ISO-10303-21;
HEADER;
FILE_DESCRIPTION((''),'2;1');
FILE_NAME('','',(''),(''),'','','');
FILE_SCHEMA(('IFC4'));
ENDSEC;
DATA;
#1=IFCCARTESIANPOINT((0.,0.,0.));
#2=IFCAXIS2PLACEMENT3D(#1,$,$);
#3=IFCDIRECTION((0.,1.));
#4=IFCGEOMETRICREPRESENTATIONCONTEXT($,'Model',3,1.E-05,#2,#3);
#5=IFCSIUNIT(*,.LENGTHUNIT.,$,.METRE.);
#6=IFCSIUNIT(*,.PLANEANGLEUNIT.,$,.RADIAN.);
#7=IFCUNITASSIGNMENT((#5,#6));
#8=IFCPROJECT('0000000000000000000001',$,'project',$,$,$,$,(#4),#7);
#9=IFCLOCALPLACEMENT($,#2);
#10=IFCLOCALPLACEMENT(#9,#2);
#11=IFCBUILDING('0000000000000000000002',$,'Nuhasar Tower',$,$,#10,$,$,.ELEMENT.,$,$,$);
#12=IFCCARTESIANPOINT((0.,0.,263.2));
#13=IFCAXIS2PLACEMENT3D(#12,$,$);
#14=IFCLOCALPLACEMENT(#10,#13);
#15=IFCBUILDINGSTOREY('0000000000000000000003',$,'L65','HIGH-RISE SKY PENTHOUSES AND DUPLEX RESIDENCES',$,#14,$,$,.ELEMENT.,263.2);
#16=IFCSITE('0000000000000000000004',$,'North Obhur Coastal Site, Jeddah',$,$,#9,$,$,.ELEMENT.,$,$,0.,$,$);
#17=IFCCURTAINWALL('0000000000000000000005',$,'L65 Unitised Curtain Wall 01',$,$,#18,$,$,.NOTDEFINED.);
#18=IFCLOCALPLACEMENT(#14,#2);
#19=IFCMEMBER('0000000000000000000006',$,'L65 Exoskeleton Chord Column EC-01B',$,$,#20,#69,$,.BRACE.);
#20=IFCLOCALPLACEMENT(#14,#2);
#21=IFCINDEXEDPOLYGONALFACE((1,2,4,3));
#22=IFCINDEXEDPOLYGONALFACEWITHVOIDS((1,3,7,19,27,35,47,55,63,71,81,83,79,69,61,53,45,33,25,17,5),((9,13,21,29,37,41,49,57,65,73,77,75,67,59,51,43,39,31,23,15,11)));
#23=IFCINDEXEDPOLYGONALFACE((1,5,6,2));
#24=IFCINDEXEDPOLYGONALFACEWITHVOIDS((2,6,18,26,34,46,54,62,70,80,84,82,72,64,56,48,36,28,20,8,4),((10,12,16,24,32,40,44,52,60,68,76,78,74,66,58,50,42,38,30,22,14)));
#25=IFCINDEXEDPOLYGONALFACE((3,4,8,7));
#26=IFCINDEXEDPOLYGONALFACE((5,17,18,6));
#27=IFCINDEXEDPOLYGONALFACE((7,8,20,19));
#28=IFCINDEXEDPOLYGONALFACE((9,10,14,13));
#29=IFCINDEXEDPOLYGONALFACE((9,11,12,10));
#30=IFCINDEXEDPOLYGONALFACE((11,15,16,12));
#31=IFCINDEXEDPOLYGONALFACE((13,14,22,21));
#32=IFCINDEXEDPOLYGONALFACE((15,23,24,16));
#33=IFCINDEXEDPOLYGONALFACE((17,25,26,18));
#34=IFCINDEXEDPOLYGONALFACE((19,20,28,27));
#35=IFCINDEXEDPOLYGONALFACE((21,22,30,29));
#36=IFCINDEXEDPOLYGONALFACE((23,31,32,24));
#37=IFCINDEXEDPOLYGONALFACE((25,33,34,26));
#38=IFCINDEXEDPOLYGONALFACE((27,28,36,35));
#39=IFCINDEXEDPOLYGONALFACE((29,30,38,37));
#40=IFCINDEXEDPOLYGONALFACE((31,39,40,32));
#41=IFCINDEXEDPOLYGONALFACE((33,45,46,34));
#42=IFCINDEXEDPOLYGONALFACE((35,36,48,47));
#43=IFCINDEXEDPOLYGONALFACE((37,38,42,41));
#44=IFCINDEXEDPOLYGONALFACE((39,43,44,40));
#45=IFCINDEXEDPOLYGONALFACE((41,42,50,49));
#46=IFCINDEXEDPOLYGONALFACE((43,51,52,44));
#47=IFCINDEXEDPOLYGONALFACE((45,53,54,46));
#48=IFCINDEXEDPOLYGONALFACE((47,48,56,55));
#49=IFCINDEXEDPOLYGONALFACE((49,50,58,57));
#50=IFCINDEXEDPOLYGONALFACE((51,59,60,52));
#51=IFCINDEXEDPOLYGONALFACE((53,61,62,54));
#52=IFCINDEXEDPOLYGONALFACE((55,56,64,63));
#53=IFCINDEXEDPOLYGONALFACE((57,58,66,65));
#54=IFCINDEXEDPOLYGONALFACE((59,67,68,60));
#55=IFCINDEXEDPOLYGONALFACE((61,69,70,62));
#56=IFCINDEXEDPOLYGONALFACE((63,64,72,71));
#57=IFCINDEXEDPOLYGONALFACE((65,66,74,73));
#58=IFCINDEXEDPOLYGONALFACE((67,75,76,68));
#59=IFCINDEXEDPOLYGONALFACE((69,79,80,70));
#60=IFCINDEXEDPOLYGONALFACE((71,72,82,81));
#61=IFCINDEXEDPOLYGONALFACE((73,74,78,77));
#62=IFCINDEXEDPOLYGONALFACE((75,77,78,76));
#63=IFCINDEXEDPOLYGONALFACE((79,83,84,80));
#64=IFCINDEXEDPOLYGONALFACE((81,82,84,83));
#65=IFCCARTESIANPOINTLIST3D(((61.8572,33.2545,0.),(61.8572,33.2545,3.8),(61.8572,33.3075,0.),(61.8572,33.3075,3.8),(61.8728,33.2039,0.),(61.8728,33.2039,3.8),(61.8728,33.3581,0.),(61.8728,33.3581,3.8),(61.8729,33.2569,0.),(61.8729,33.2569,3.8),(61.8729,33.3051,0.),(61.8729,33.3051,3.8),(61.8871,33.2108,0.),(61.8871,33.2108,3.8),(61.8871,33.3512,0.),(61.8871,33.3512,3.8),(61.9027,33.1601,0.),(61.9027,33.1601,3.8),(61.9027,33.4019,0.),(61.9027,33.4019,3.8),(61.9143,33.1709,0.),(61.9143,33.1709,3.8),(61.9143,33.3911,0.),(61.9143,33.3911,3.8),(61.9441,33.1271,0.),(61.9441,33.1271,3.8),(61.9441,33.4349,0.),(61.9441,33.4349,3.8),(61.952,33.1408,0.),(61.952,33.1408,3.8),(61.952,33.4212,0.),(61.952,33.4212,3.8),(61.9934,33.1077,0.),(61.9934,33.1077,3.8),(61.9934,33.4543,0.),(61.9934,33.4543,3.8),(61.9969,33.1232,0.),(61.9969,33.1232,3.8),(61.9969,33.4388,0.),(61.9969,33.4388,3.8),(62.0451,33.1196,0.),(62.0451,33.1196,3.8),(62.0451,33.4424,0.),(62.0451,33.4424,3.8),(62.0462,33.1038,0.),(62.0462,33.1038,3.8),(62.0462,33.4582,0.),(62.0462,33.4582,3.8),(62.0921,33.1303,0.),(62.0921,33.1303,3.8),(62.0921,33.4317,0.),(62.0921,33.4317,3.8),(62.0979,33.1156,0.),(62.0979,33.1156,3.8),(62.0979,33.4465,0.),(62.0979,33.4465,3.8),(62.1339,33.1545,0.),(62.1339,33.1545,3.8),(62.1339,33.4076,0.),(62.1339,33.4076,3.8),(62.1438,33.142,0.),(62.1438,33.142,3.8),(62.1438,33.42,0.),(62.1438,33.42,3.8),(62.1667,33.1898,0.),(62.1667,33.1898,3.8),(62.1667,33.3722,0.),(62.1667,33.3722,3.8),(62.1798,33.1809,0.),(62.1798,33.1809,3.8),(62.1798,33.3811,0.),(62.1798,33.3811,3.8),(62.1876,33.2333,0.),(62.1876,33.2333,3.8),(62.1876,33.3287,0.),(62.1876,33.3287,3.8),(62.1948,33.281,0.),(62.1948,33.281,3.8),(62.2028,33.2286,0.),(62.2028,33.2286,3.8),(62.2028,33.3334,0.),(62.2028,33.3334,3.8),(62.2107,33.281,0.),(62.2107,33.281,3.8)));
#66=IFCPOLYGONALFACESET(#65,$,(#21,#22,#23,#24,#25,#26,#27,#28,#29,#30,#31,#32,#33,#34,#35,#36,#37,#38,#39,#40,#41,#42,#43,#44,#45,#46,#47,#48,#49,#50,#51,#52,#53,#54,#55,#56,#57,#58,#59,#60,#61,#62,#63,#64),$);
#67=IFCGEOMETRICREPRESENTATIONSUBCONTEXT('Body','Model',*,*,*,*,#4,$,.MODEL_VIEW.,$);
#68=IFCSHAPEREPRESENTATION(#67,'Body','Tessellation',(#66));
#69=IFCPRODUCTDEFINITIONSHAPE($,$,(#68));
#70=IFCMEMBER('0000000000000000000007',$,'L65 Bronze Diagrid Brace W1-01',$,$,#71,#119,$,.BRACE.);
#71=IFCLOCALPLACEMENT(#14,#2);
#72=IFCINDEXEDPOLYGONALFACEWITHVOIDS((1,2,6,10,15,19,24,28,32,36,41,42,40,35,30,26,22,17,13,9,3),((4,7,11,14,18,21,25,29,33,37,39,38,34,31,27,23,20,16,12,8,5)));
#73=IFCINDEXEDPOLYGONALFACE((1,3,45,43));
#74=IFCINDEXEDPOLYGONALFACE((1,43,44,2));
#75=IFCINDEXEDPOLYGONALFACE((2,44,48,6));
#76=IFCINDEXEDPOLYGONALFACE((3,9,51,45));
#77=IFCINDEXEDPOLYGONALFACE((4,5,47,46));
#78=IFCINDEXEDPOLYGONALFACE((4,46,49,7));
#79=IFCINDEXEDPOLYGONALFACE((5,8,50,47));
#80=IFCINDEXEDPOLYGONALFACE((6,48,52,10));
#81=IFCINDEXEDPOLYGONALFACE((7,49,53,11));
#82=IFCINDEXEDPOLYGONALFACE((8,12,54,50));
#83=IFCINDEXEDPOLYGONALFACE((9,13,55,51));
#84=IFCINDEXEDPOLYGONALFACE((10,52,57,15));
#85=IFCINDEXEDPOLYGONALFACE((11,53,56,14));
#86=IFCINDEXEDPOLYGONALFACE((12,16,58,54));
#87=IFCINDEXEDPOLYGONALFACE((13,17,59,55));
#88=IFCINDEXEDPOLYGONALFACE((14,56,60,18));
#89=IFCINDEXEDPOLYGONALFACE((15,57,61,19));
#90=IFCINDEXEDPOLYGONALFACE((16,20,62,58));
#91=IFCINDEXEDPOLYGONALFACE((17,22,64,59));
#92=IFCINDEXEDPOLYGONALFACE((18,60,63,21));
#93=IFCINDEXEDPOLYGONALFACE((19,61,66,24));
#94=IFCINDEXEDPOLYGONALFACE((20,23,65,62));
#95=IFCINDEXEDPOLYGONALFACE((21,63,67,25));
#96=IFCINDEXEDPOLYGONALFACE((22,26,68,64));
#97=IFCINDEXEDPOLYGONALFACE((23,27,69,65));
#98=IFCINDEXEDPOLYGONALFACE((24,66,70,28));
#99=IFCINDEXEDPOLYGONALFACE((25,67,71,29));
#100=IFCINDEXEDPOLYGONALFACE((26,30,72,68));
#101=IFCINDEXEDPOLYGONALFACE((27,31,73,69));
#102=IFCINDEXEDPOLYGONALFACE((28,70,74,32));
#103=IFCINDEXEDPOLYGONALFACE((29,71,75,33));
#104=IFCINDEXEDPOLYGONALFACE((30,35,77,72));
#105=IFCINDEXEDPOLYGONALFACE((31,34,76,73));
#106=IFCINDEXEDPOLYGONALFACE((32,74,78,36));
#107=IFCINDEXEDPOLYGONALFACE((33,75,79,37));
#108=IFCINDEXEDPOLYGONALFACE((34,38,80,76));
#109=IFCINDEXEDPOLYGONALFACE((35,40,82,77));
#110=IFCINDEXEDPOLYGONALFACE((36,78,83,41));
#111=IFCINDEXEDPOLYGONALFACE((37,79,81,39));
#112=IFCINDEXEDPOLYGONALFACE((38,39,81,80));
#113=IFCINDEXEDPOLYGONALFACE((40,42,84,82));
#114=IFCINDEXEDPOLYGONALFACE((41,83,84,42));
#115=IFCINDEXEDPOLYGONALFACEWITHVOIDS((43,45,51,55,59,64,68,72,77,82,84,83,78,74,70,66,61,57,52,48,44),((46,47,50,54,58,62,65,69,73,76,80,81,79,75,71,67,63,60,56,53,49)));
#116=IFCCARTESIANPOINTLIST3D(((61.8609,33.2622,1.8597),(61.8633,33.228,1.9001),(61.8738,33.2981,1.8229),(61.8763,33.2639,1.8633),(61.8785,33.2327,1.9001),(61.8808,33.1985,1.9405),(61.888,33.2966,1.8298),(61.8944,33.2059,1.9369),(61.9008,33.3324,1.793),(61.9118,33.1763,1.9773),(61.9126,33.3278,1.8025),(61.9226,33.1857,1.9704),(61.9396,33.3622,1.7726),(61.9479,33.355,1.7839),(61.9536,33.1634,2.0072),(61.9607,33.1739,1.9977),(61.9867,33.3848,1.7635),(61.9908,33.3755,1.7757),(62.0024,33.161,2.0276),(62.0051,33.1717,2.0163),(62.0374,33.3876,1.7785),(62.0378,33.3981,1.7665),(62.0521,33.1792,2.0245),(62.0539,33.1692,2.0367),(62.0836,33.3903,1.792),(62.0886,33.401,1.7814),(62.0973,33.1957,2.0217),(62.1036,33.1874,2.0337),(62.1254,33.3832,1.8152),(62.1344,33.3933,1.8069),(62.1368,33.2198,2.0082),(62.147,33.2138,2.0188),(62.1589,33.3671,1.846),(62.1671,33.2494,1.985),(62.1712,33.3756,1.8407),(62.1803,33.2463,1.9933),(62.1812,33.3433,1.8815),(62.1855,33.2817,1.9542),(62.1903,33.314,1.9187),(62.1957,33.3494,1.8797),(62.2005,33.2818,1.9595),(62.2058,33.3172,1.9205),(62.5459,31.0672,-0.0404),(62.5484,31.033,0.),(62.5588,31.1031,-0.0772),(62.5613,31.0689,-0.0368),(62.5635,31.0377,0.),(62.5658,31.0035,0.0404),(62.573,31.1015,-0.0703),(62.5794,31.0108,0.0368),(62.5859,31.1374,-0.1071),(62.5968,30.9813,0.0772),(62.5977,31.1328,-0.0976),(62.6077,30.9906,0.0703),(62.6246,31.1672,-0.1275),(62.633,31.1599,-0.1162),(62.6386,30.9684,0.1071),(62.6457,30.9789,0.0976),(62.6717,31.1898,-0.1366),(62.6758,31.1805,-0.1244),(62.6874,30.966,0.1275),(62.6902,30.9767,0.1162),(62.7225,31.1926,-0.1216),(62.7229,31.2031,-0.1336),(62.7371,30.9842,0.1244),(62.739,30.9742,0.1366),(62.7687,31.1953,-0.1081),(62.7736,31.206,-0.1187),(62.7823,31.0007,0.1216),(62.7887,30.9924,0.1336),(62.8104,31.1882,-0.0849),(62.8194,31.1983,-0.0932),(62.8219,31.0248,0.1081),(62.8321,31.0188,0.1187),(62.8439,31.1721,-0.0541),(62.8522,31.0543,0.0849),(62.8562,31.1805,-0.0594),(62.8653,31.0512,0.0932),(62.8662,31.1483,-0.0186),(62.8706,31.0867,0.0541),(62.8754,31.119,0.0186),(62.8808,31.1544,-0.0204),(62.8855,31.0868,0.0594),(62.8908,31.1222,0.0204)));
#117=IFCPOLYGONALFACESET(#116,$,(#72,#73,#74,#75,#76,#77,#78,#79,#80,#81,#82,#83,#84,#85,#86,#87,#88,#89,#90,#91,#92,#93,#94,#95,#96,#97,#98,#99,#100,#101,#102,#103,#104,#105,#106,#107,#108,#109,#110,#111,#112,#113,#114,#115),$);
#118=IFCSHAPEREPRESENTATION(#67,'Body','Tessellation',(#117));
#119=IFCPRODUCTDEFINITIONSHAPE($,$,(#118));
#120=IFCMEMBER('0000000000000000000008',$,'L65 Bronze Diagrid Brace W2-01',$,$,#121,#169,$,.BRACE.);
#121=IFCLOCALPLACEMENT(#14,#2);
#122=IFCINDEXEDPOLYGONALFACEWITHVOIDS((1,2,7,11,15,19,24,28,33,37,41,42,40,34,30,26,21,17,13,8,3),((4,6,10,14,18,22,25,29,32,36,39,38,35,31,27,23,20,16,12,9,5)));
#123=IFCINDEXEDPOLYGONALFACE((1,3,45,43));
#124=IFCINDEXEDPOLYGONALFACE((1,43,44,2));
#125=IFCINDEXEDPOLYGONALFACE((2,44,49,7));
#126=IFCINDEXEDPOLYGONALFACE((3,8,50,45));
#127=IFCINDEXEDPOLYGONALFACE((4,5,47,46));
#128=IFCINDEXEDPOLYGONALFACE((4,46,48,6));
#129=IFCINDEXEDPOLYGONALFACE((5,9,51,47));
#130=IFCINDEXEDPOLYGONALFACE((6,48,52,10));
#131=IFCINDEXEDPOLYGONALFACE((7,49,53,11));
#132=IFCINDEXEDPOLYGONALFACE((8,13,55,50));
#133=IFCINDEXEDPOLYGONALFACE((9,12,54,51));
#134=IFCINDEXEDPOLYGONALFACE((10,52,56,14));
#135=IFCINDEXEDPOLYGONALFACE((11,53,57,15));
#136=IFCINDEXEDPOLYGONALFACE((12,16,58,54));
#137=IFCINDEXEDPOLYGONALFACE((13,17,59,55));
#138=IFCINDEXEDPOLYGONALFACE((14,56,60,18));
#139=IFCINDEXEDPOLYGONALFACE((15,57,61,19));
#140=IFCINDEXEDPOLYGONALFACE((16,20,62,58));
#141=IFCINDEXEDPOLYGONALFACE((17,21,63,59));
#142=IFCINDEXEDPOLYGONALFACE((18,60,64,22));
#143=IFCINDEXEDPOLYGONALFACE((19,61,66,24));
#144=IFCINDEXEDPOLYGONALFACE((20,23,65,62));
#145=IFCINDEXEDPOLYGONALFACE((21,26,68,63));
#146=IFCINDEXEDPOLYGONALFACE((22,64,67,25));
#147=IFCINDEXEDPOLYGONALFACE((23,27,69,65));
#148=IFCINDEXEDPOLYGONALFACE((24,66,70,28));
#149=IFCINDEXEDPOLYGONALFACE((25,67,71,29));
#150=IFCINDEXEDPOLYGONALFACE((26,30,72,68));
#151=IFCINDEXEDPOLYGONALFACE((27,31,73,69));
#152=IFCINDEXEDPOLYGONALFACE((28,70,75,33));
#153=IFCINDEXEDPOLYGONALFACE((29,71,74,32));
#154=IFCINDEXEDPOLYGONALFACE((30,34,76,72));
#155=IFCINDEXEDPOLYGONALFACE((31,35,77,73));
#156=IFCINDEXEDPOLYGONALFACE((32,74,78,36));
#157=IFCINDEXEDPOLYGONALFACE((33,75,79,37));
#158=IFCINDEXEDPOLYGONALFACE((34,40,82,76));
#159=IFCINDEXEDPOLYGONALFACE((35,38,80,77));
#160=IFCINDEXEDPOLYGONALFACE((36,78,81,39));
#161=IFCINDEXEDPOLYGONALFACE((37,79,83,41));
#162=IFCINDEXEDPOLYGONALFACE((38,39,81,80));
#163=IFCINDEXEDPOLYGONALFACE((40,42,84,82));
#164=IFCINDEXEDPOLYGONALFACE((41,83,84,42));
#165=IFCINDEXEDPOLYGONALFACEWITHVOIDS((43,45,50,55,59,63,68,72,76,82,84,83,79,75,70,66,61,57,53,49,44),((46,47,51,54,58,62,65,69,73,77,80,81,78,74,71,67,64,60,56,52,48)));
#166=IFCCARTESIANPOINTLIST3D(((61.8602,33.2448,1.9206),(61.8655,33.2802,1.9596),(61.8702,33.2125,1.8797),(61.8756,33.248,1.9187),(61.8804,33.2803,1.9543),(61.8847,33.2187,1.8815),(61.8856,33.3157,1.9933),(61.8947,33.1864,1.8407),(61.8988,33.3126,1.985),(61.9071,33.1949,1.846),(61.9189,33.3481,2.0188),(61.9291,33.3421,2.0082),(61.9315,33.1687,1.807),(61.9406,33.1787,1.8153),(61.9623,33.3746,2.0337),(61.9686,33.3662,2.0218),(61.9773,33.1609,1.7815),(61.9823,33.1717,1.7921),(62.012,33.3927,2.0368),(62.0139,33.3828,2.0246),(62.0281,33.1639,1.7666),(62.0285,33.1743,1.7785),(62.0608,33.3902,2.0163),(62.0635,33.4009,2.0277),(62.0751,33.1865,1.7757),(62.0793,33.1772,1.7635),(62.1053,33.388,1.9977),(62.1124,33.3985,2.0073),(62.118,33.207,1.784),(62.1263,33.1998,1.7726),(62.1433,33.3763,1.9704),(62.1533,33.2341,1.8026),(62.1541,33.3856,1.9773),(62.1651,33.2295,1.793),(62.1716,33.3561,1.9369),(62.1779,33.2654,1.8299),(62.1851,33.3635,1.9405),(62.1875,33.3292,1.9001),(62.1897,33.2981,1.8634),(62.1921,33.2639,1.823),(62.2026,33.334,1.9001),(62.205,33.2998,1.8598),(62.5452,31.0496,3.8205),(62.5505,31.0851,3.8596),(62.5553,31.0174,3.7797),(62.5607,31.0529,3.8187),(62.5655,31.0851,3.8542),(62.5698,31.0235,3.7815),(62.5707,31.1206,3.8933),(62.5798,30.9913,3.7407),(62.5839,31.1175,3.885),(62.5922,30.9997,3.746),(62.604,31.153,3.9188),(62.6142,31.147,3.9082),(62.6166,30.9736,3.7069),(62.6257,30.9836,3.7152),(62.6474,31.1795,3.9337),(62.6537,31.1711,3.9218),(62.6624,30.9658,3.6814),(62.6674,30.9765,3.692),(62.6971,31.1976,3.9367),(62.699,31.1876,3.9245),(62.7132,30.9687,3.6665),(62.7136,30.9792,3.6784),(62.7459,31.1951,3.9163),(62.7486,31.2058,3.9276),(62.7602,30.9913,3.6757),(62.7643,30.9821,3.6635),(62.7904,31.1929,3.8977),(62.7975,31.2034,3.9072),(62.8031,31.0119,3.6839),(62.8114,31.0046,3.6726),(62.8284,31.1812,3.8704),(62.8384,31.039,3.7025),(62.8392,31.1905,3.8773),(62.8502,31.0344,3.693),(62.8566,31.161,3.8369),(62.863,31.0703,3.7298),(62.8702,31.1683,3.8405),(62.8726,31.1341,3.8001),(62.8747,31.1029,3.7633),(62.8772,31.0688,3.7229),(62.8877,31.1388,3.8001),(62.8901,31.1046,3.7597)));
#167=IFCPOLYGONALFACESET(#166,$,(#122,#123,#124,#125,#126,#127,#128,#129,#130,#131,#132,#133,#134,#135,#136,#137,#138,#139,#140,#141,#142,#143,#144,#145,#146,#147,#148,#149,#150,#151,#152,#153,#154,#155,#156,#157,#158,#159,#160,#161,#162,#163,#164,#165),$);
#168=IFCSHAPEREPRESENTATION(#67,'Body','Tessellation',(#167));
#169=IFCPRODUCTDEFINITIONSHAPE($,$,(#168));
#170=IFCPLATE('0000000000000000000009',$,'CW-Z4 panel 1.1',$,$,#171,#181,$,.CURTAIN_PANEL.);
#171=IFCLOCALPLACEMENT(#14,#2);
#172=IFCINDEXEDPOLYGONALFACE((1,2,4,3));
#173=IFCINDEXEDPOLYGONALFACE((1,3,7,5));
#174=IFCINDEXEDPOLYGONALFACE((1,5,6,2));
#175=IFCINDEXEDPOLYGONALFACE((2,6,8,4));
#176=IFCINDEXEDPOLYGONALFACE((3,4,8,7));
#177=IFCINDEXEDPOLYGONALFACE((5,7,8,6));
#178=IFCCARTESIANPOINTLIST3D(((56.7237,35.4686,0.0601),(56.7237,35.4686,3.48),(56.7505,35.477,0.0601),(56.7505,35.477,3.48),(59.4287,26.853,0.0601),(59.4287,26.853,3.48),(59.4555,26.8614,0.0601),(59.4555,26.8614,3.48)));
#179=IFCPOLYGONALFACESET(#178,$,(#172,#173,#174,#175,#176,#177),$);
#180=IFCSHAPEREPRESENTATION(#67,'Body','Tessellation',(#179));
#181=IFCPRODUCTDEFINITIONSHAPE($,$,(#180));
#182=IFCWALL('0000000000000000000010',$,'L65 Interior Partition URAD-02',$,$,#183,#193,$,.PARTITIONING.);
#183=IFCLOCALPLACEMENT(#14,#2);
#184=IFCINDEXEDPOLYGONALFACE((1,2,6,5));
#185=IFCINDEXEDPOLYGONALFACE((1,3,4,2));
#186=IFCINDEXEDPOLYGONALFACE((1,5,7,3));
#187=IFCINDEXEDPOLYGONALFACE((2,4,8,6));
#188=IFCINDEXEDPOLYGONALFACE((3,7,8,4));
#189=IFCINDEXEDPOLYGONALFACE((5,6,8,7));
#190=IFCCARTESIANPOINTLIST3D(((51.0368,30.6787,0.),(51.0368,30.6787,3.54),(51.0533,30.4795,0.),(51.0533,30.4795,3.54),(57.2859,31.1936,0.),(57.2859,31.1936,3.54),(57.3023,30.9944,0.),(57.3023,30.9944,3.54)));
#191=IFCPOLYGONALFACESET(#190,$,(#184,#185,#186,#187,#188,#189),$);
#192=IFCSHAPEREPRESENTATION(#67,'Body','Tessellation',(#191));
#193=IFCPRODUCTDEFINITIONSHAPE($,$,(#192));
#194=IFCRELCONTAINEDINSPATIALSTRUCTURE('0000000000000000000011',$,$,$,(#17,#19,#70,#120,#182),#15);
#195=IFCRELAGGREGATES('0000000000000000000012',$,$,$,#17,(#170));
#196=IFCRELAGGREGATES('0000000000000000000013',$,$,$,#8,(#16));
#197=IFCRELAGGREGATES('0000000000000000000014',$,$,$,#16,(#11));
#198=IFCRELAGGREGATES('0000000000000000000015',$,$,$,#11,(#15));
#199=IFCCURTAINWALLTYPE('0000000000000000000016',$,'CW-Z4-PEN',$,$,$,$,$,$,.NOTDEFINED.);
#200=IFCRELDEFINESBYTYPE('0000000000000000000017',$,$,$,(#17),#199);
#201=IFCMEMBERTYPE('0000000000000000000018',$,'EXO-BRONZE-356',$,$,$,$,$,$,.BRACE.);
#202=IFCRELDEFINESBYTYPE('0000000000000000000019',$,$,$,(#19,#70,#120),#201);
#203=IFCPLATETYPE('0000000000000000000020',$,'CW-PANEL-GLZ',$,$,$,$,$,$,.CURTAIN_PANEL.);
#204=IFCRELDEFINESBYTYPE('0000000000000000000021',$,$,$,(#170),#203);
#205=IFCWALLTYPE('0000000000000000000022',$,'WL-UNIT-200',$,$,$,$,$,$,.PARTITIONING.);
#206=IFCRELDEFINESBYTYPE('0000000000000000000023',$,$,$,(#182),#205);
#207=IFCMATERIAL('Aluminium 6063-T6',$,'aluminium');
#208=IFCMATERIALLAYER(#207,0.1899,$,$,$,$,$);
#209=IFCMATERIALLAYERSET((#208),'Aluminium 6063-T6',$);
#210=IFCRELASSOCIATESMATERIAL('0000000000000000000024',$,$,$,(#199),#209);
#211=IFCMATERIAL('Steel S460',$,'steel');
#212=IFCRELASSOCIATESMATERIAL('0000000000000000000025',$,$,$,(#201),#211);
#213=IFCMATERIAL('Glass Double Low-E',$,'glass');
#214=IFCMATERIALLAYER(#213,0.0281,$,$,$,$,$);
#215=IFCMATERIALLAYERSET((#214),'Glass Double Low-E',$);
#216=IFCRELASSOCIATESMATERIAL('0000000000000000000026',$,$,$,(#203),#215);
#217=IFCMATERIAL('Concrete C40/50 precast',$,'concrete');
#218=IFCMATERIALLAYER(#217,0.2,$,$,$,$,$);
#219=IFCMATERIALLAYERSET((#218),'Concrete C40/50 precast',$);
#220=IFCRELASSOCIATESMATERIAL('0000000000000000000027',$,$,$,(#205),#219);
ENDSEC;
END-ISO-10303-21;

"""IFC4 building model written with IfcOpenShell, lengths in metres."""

from ifc_helpers import new_model, si_unit, direction, frame, frame_2d, origin, origin_2d, place, context, subcontext, project, spatial, rectangle, hollow_circle, extrude, material, layer, layer_set, material_profile, profile_set, type_object, element, aggregate, save


model = new_model("IFC4")

# Units and contexts
model_context = context("Model", 3, precision=1e-05, world=origin(), true_north=direction((0.0, 1.0)))
body_context = subcontext(model_context, "Body", "Model", "MODEL_VIEW")
ifc_project = project(units=[si_unit("LENGTHUNIT", "METRE"), si_unit("PLANEANGLEUNIT", "RADIAN")], contexts=[model_context])

# Site, building, storey
site_placement = place(None, origin())
site = spatial("IfcSite", under=ifc_project, at=site_placement, Name="North Obhur Coastal Site, Jeddah", CompositionType="ELEMENT", RefElevation=0.0)
building_placement = place(site_placement, origin())
building = spatial("IfcBuilding", under=site, at=building_placement, Name="Nuhasar Tower", CompositionType="ELEMENT")
storey_placement = place(building_placement, frame((0.0, 0.0, 263.2)))
storey = spatial("IfcBuildingStorey", under=building, at=storey_placement, Name="L65", Description="HIGH-RISE SKY PENTHOUSES AND DUPLEX RESIDENCES", CompositionType="ELEMENT", Elevation=263.2)

# Curtain wall
ifc_material_1 = material(Name="Aluminium 6063-T6", Category="aluminium")
ifc_layer_1 = layer(ifc_material_1, 0.1899)
ifc_layer_set_1 = layer_set([ifc_layer_1], Name="Aluminium 6063-T6")
curtain_wall_type = type_object("IfcCurtainWallType", Name="CW-Z4-PEN", PredefinedType="NOTDEFINED", material=ifc_layer_set_1)
curtain_wall_placement = place(storey_placement, origin())
curtain_wall = element("IfcCurtainWall", 1, at=curtain_wall_placement, inside=storey, type_object=curtain_wall_type, Name="L65 Unitised Curtain Wall 01", PredefinedType="NOTDEFINED")

# Members
ifc_material_2 = material(Name="Steel S460", Category="steel")
ifc_material_profile_1 = material_profile(ifc_material_2, hollow_circle(Radius=0.1777, WallThickness=0.0159, at=origin_2d()), Name="HSS355.6X15.9")
ifc_profile_set_1 = profile_set([ifc_material_profile_1], Name="Steel S460")
member_type_1 = type_object("IfcMemberType", Name="EXO-BRONZE-356", PredefinedType="BRACE", material=ifc_profile_set_1)
for number, where, z_axis, x_axis, name in (
    (2, (62.033, 33.281, 0.0), (0.0, 0.0, 1.0), (1.0, 0.0, 0.0), "L65 Exoskeleton Chord Column EC-01B"),
):
    element("IfcMember", number, at=place(storey_placement, frame(where, z_axis=z_axis, x_axis=x_axis)), inside=storey, type_object=member_type_1, Name=name, PredefinedType="BRACE", context=body_context, shape_type="SweptSolid", body=[
        extrude(hollow_circle(Radius=0.1777, WallThickness=0.0159, at=origin_2d()), origin(), (0.0, 0.0, 1.0), 3.8),
    ])
for number, where, z_axis, x_axis, name in (
    (3, (62.718, 31.0859, 0.0), (-0.229656, 0.735864, 0.636995), (-0.954591, -0.297918, 0.0), "L65 Bronze Diagrid Brace W1-01"),
    (4, (62.033, 33.281, 1.9001), (0.229668, -0.735902, 0.636947), (0.954591, 0.297918, 0.0), "L65 Bronze Diagrid Brace W2-01"),
):
    element("IfcMember", number, at=place(storey_placement, frame(where, z_axis=z_axis, x_axis=x_axis)), inside=storey, type_object=member_type_1, Name=name, PredefinedType="BRACE", context=body_context, shape_type="SweptSolid", body=[
        extrude(hollow_circle(Radius=0.1777, WallThickness=0.0159, at=origin_2d()), origin(), (0.0, 0.0, 1.0), 2.9829),
    ])

# Plate
ifc_material_3 = material(Name="Glass Double Low-E", Category="glass")
ifc_layer_2 = layer(ifc_material_3, 0.0281)
ifc_layer_set_2 = layer_set([ifc_layer_2], Name="Glass Double Low-E")
plate_type = type_object("IfcPlateType", Name="CW-PANEL-GLZ", PredefinedType="CURTAIN_PANEL", material=ifc_layer_set_2)
plate_placement = place(storey_placement, frame((58.0896, 31.165, 0.0601), z_axis=(0.0, 0.0, 1.0), x_axis=(-0.299557, 0.954079, 0.0)))
plate = element("IfcPlate", 5, at=plate_placement, type_object=plate_type, Name="CW-Z4 panel 1.1", PredefinedType="CURTAIN_PANEL", context=body_context, shape_type="SweptSolid", body=[
    extrude(rectangle(XDim=9.0303, YDim=0.0281, at=origin_2d()), origin(), (0.0, 0.0, 1.0), 3.4199),
])
aggregate(curtain_wall, [plate])

# Wall
ifc_material_4 = material(Name="Concrete C40/50 precast", Category="concrete")
ifc_layer_3 = layer(ifc_material_4, 0.2)
ifc_layer_set_3 = layer_set([ifc_layer_3], Name="Concrete C40/50 precast")
wall_type_1 = type_object("IfcWallType", Name="WL-UNIT-200", PredefinedType="PARTITIONING", material=ifc_layer_set_3)
wall_1_placement = place(storey_placement, frame((51.0449, 30.5791, 0.0), z_axis=(0.0, 0.0, 1.0), x_axis=(0.996623, 0.082117, 0.0)))
element("IfcWall", 6, at=wall_1_placement, inside=storey, type_object=wall_type_1, Name="L65 Interior Partition URAD-02", PredefinedType="PARTITIONING", context=body_context, shape_type="SweptSolid", body=[
    extrude(rectangle(XDim=6.2703, YDim=0.2, at=frame_2d((3.1353, 0.0))), origin(), (0.0, 0.0, 1.0), 3.54),
])

save(model, "model.ifc")
